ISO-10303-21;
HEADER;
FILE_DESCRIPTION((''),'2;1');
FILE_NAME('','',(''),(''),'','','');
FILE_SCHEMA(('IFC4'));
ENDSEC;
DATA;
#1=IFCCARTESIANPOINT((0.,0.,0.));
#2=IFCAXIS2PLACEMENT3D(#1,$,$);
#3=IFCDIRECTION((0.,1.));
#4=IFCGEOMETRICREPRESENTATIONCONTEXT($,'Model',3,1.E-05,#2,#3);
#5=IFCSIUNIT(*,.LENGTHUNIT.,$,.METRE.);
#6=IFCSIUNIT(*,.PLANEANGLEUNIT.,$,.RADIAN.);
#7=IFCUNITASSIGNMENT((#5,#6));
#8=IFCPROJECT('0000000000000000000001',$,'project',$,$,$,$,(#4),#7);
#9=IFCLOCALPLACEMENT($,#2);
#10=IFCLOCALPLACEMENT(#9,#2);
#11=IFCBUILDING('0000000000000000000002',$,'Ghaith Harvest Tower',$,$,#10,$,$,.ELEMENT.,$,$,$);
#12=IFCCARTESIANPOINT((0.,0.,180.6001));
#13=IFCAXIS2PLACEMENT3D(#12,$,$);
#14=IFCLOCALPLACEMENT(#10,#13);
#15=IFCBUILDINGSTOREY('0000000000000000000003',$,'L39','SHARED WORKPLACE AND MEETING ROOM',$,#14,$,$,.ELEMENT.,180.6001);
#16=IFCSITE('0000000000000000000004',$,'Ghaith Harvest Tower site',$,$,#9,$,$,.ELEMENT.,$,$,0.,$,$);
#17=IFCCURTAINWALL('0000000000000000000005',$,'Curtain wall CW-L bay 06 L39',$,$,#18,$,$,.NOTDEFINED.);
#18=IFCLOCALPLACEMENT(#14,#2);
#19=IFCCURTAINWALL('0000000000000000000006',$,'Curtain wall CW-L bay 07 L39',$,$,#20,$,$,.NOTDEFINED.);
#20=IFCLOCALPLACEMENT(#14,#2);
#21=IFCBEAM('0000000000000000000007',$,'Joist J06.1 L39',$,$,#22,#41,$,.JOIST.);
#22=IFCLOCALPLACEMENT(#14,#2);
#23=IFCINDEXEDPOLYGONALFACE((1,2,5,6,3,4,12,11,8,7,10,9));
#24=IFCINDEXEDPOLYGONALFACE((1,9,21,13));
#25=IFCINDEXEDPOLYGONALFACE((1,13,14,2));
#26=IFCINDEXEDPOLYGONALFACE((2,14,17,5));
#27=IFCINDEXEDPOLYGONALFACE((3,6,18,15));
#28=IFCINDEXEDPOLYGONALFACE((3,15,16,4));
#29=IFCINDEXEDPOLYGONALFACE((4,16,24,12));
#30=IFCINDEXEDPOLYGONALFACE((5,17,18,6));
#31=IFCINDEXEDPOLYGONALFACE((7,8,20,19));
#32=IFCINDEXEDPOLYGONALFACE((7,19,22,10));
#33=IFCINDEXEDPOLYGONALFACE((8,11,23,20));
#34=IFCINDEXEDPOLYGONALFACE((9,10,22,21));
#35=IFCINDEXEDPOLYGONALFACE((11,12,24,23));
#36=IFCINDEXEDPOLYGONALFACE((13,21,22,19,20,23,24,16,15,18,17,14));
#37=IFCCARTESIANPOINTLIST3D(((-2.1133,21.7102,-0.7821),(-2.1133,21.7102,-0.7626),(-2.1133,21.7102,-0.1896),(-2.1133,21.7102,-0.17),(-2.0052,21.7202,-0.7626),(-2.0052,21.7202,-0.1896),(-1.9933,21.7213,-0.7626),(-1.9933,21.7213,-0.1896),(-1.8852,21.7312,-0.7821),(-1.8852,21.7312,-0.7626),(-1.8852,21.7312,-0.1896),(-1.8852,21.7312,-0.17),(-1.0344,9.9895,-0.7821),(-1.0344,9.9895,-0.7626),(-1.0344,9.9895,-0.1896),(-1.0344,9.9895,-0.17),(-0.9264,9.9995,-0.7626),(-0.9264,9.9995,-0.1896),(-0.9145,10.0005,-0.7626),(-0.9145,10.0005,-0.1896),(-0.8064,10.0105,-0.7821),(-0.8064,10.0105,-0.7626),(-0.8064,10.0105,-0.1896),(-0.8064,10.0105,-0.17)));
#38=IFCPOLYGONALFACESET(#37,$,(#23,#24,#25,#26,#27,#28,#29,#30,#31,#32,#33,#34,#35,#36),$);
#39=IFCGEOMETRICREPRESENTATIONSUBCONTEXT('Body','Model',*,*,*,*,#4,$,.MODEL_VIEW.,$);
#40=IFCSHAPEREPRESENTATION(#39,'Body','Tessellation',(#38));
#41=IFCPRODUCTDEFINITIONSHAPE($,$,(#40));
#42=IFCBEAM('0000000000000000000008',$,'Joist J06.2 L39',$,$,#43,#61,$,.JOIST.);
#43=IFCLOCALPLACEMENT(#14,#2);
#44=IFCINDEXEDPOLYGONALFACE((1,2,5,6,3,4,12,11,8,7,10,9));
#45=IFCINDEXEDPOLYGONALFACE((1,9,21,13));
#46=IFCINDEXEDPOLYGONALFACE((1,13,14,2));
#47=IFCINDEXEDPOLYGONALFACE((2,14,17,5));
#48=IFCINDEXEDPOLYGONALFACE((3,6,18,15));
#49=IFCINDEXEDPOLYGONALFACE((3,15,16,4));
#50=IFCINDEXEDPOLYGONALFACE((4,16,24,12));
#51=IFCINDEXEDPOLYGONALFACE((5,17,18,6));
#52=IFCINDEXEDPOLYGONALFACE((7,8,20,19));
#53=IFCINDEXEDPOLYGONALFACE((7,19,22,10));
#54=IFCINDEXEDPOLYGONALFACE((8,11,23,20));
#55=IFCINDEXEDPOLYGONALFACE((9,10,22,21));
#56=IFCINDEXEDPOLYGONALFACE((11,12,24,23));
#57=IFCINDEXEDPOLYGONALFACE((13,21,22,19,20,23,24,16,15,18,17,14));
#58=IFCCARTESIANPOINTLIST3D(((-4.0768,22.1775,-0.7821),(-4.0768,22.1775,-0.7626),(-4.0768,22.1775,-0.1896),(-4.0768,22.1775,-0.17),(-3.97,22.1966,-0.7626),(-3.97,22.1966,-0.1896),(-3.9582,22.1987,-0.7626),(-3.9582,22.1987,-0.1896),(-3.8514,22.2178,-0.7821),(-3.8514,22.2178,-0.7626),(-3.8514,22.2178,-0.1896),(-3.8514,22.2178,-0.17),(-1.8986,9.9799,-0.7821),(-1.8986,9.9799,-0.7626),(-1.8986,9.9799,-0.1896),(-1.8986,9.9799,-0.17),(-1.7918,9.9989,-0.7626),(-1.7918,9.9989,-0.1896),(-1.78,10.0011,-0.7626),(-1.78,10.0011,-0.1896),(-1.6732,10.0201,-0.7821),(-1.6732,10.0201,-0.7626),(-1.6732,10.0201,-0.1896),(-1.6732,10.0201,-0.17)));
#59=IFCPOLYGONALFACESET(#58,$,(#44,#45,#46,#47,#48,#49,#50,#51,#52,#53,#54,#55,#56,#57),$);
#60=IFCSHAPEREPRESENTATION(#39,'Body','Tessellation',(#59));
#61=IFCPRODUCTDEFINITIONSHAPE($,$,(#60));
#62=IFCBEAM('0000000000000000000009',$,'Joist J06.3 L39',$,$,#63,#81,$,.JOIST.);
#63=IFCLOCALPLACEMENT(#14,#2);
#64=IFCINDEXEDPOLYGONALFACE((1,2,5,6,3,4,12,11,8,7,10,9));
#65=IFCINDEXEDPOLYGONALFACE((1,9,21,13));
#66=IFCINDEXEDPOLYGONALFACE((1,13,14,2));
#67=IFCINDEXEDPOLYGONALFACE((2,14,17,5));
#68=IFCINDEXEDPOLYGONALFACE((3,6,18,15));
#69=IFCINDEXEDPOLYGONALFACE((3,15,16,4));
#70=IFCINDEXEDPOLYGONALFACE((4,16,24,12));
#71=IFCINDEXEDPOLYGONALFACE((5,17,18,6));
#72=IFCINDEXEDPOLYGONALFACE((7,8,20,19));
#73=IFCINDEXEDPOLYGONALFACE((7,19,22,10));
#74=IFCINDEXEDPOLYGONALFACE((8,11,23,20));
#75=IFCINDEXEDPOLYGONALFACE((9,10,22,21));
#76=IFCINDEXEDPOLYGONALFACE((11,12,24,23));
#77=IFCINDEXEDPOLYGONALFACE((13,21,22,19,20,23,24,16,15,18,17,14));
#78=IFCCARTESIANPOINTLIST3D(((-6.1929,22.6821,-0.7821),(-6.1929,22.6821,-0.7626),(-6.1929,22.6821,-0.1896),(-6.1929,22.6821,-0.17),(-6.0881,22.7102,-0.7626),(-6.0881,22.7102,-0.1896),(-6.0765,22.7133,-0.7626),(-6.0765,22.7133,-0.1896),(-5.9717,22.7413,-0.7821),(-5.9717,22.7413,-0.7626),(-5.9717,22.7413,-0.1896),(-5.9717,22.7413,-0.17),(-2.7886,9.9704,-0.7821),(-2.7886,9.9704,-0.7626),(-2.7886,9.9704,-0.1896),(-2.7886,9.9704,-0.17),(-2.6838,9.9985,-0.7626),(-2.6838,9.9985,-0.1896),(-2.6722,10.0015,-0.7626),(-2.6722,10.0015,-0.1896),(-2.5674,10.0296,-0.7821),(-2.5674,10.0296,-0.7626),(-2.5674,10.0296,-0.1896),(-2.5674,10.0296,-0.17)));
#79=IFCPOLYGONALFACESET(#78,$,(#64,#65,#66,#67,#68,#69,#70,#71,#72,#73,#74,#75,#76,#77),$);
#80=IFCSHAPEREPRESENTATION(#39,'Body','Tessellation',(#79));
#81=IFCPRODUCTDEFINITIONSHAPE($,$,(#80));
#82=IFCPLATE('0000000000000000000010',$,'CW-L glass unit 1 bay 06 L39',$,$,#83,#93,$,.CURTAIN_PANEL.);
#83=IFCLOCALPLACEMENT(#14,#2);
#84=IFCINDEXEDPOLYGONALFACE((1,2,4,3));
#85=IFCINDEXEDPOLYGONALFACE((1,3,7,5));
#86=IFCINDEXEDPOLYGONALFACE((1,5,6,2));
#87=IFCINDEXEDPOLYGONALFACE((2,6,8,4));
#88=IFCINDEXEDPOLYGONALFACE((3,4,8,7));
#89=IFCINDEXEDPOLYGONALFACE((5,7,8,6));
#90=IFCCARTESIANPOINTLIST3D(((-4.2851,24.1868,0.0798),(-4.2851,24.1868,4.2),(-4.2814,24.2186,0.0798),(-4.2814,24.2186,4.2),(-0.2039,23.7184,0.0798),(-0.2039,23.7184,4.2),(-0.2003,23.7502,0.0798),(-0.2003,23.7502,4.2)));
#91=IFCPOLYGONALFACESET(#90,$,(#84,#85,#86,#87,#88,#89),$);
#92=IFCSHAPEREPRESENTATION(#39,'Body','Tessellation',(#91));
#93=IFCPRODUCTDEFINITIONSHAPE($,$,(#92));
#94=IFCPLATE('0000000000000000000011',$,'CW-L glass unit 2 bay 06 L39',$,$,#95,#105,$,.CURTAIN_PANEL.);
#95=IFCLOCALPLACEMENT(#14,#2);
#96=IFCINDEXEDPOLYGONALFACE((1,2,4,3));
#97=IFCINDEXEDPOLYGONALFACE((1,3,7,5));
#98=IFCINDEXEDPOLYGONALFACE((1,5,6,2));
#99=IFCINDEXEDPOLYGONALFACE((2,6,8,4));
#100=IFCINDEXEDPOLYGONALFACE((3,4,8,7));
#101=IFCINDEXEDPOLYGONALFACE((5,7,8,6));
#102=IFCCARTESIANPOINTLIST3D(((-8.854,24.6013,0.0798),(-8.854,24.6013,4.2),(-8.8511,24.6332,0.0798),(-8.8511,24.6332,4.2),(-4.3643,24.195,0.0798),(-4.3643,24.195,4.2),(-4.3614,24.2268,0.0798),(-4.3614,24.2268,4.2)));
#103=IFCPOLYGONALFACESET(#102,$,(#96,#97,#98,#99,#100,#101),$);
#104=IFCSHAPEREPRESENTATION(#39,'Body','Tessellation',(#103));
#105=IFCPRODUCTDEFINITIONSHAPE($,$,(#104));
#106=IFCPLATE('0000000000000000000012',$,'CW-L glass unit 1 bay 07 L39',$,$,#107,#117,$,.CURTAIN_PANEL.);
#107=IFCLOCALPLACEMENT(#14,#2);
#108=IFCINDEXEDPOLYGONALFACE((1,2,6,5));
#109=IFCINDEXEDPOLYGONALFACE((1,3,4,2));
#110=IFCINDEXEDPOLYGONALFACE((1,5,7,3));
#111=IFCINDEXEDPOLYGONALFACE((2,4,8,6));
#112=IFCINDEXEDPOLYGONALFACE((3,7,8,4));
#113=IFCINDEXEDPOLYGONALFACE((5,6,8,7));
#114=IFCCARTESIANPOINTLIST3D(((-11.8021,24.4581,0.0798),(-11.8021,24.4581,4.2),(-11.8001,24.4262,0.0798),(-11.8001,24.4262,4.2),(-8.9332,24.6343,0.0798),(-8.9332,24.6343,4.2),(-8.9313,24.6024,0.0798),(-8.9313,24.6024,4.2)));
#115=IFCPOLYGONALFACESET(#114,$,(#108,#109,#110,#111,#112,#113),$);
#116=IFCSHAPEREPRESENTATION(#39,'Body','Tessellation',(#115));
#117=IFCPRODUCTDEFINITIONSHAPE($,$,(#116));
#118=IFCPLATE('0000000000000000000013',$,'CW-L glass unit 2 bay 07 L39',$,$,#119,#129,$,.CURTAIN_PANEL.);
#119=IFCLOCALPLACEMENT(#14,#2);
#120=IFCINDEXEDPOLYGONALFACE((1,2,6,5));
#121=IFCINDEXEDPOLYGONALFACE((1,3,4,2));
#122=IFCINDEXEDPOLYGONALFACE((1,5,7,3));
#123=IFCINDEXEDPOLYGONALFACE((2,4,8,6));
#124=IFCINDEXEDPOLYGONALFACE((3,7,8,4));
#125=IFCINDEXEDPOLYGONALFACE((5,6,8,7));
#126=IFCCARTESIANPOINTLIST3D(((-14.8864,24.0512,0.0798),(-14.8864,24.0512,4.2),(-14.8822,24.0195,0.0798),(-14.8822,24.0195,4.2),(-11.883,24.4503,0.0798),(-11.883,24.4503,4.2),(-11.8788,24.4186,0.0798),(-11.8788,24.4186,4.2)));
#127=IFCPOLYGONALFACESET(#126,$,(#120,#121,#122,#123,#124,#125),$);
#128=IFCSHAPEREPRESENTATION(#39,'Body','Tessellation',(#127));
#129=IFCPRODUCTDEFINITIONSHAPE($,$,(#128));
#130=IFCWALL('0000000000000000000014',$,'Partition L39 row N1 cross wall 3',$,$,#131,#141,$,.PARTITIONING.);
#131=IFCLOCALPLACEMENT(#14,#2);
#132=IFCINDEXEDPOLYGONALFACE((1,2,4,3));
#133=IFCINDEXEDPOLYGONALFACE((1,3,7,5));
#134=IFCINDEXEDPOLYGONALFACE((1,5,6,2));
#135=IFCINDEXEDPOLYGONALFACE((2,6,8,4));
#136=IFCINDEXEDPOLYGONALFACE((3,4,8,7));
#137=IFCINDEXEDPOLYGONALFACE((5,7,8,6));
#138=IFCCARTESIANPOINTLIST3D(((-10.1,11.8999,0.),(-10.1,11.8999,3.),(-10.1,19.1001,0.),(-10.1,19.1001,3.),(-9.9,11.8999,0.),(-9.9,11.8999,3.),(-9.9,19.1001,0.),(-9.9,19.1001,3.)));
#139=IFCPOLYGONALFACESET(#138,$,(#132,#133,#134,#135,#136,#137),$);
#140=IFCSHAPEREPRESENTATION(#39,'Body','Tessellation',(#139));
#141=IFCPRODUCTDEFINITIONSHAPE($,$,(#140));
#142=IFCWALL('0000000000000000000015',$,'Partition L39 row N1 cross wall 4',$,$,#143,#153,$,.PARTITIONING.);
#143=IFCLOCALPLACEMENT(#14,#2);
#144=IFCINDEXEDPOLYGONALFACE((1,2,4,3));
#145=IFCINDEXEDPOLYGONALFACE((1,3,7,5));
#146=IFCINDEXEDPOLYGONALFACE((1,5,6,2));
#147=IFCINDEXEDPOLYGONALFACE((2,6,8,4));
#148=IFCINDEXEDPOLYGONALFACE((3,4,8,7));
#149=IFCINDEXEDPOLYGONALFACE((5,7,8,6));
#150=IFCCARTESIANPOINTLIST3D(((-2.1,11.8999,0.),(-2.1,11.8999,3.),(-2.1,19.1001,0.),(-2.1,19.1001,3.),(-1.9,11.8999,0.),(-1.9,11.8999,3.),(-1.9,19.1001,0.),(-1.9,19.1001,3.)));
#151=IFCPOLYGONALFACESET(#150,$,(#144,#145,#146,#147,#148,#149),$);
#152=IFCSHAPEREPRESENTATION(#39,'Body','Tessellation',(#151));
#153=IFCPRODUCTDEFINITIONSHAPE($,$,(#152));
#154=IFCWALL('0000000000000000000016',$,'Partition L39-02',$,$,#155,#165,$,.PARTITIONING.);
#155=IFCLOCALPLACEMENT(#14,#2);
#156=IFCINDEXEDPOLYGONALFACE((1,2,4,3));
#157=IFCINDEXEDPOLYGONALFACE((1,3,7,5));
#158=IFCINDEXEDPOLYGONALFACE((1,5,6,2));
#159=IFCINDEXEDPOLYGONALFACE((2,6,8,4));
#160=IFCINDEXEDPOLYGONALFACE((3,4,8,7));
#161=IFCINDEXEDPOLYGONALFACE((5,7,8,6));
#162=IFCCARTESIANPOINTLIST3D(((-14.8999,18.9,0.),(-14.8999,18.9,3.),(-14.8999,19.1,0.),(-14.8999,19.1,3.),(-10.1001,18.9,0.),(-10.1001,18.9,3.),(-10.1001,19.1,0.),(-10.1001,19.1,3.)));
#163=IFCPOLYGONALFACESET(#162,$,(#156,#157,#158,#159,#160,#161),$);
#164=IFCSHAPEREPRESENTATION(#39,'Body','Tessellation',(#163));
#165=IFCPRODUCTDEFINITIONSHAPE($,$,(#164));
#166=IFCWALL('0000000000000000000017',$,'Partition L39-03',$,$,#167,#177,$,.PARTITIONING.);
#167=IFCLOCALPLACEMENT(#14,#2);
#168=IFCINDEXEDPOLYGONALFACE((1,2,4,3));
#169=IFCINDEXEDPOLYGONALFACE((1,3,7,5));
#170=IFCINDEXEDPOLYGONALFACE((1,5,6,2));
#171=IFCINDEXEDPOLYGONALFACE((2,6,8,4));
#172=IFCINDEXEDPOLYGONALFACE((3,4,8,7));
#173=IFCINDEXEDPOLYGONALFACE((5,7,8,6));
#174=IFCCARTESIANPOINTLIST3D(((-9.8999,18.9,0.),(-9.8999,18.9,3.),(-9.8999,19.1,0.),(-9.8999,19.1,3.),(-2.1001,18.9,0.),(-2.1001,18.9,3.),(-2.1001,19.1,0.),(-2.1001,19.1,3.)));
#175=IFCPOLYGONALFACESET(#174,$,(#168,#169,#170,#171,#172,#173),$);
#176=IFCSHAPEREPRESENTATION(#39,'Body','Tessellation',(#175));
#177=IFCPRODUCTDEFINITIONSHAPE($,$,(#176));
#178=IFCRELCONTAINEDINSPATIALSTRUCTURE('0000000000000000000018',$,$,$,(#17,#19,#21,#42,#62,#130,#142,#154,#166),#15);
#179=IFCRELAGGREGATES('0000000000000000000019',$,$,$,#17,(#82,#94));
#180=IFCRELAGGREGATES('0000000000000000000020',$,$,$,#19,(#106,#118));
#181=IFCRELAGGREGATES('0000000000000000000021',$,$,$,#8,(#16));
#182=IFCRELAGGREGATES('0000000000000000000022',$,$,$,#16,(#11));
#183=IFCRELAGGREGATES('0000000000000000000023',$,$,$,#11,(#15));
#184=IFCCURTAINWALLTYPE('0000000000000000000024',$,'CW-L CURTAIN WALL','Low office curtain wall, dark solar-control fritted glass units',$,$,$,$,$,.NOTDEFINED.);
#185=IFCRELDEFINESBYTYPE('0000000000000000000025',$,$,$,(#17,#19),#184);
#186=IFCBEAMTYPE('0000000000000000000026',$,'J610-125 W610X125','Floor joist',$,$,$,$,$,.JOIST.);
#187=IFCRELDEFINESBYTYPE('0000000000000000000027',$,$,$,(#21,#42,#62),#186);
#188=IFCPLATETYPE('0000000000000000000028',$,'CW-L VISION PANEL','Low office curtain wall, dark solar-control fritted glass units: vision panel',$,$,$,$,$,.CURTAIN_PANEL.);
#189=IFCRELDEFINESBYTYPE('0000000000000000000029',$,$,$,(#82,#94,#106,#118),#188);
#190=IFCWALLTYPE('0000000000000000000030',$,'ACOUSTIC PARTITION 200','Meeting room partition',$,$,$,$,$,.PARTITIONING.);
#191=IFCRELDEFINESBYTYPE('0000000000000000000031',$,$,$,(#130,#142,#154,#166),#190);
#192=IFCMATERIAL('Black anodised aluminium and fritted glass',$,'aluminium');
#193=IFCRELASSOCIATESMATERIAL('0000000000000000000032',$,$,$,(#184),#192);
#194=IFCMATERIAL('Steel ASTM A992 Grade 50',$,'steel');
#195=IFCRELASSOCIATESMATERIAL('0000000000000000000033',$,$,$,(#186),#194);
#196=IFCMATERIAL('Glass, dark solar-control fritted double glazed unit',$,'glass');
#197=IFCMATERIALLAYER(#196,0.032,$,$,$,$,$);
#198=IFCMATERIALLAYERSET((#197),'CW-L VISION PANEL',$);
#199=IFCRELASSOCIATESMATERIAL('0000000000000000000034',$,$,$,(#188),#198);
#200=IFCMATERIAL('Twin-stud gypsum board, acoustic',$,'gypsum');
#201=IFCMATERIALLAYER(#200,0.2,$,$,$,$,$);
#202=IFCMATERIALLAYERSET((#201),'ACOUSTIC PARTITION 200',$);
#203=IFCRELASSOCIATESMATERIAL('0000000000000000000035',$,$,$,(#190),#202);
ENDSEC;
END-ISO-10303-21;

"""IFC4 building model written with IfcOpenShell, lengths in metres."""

from ifc_helpers import new_model, si_unit, direction, frame, frame_2d, origin, origin_2d, place, context, subcontext, project, spatial, rectangle, i_section, extrude, material, layer, layer_set, material_profile, profile_set, type_object, element, aggregate, save


model = new_model("IFC4")

# Units and contexts
model_context = context("Model", 3, precision=1e-05, world=origin(), true_north=direction((0.0, 1.0)))
body_context = subcontext(model_context, "Body", "Model", "MODEL_VIEW")
ifc_project = project(units=[si_unit("LENGTHUNIT", "METRE"), si_unit("PLANEANGLEUNIT", "RADIAN")], contexts=[model_context])

# Site, building, storey
site_placement = place(None, origin())
site = spatial("IfcSite", under=ifc_project, at=site_placement, Name="Ghaith Harvest Tower site", CompositionType="ELEMENT", RefElevation=0.0)
building_placement = place(site_placement, origin())
building = spatial("IfcBuilding", under=site, at=building_placement, Name="Ghaith Harvest Tower", CompositionType="ELEMENT")
storey_placement = place(building_placement, frame((0.0, 0.0, 180.6001)))
storey = spatial("IfcBuildingStorey", under=building, at=storey_placement, Name="L39", Description="SHARED WORKPLACE AND MEETING ROOM", CompositionType="ELEMENT", Elevation=180.6001)

# Curtain walls
ifc_material_1 = material(Name="Black anodised aluminium and fritted glass", Category="aluminium")
curtain_wall_type = type_object("IfcCurtainWallType", Name="CW-L CURTAIN WALL", Description="Low office curtain wall, dark solar-control fritted glass units", PredefinedType="NOTDEFINED", material=ifc_material_1)
curtain_wall_1_placement = place(storey_placement, origin())
curtain_wall_1 = element("IfcCurtainWall", 1, at=curtain_wall_1_placement, inside=storey, type_object=curtain_wall_type, Name="Curtain wall CW-L bay 06 L39", PredefinedType="NOTDEFINED")
curtain_wall_2_placement = place(storey_placement, origin())
curtain_wall_2 = element("IfcCurtainWall", 2, at=curtain_wall_2_placement, inside=storey, type_object=curtain_wall_type, Name="Curtain wall CW-L bay 07 L39", PredefinedType="NOTDEFINED")

# Beams
ifc_material_2 = material(Name="Steel ASTM A992 Grade 50", Category="steel")
ifc_material_profile_1 = material_profile(ifc_material_2, i_section(OverallWidth=0.229, OverallDepth=0.6121, WebThickness=0.012, FlangeThickness=0.0195, at=origin_2d()), Name="W610X125")
ifc_profile_set_1 = profile_set([ifc_material_profile_1], Name="Steel ASTM A992 Grade 50")
beam_type_1 = type_object("IfcBeamType", Name="J610-125 W610X125", Description="Floor joist", PredefinedType="JOIST", material=ifc_profile_set_1)
beam_1_placement = place(storey_placement, frame((-0.9204, 10.0, -0.4761), z_axis=(-0.09166, 0.99579, 0.0), x_axis=(-0.99579, -0.09166, 0.0)))
element("IfcBeam", 3, at=beam_1_placement, inside=storey, type_object=beam_type_1, Name="Joist J06.1 L39", PredefinedType="JOIST", context=body_context, shape_type="SweptSolid", body=[
    extrude(i_section(OverallWidth=0.229, OverallDepth=0.6121, WebThickness=0.012, FlangeThickness=0.0195, at=origin_2d()), origin(), (0.0, 0.0, 1.0), 11.7703),
])
beam_2_placement = place(storey_placement, frame((-1.7859, 10.0, -0.4761), z_axis=(-0.175795, 0.984427, 0.0), x_axis=(-0.984427, -0.175795, 0.0)))
element("IfcBeam", 4, at=beam_2_placement, inside=storey, type_object=beam_type_1, Name="Joist J06.2 L39", PredefinedType="JOIST", context=body_context, shape_type="SweptSolid", body=[
    extrude(i_section(OverallWidth=0.229, OverallDepth=0.6121, WebThickness=0.012, FlangeThickness=0.0195, at=origin_2d()), origin(), (0.0, 0.0, 1.0), 12.3906),
])
beam_3_placement = place(storey_placement, frame((-2.678, 10.0, -0.4761), z_axis=(-0.258693, 0.96596, 0.0), x_axis=(-0.96596, -0.258693, 0.0)))
element("IfcBeam", 5, at=beam_3_placement, inside=storey, type_object=beam_type_1, Name="Joist J06.3 L39", PredefinedType="JOIST", context=body_context, shape_type="SweptSolid", body=[
    extrude(i_section(OverallWidth=0.229, OverallDepth=0.6121, WebThickness=0.012, FlangeThickness=0.0195, at=origin_2d()), origin(), (0.0, 0.0, 1.0), 13.1597),
])

# Plates
ifc_material_3 = material(Name="Glass, dark solar-control fritted double glazed unit", Category="glass")
ifc_layer_1 = layer(ifc_material_3, 0.032)
ifc_layer_set_1 = layer_set([ifc_layer_1], Name="CW-L VISION PANEL")
plate_type = type_object("IfcPlateType", Name="CW-L VISION PANEL", Description="Low office curtain wall, dark solar-control fritted glass units: vision panel", PredefinedType="CURTAIN_PANEL", material=ifc_layer_set_1)
plate_1_placement = place(storey_placement, frame((-2.2427, 23.9685, 0.0798), z_axis=(0.0, 0.0, 1.0), x_axis=(-0.993477, 0.114032, 0.0)))
plate_1 = element("IfcPlate", 6, at=plate_1_placement, type_object=plate_type, Name="CW-L glass unit 1 bay 06 L39", PredefinedType="CURTAIN_PANEL", context=body_context, shape_type="SweptSolid", body=[
    extrude(rectangle(XDim=4.1079, YDim=0.032, at=origin_2d()), origin(), (0.0, 0.0, 1.0), 4.1201),
])
plate_2_placement = place(storey_placement, frame((-6.6077, 24.4141, 0.0798), z_axis=(0.0, 0.0, 1.0), x_axis=(-0.995929, 0.090144, 0.0)))
plate_2 = element("IfcPlate", 7, at=plate_2_placement, type_object=plate_type, Name="CW-L glass unit 2 bay 06 L39", PredefinedType="CURTAIN_PANEL", context=body_context, shape_type="SweptSolid", body=[
    extrude(rectangle(XDim=4.5081, YDim=0.032, at=origin_2d()), origin(), (0.0, 0.0, 1.0), 4.1201),
])
aggregate(curtain_wall_1, [plate_1, plate_2])
plate_3_placement = place(storey_placement, frame((-10.3667, 24.5303, 0.0798), z_axis=(0.0, 0.0, 1.0), x_axis=(-0.998119, -0.061303, 0.0)))
plate_3 = element("IfcPlate", 8, at=plate_3_placement, type_object=plate_type, Name="CW-L glass unit 1 bay 07 L39", PredefinedType="CURTAIN_PANEL", context=body_context, shape_type="SweptSolid", body=[
    extrude(rectangle(XDim=2.8743, YDim=0.032, at=origin_2d()), origin(), (0.0, 0.0, 1.0), 4.1201),
])
plate_4_placement = place(storey_placement, frame((-13.3826, 24.2349, 0.0798), z_axis=(0.0, 0.0, 1.0), x_axis=(-0.991286, -0.131728, 0.0)))
plate_4 = element("IfcPlate", 9, at=plate_4_placement, type_object=plate_type, Name="CW-L glass unit 2 bay 07 L39", PredefinedType="CURTAIN_PANEL", context=body_context, shape_type="SweptSolid", body=[
    extrude(rectangle(XDim=3.0298, YDim=0.032, at=origin_2d()), origin(), (0.0, 0.0, 1.0), 4.1201),
])
aggregate(curtain_wall_2, [plate_3, plate_4])

# Walls
ifc_material_4 = material(Name="Twin-stud gypsum board, acoustic", Category="gypsum")
ifc_layer_2 = layer(ifc_material_4, 0.2)
ifc_layer_set_2 = layer_set([ifc_layer_2], Name="ACOUSTIC PARTITION 200")
wall_type = type_object("IfcWallType", Name="ACOUSTIC PARTITION 200", Description="Meeting room partition", PredefinedType="PARTITIONING", material=ifc_layer_set_2)
for number, where, z_axis, x_axis, name in (
    (10, (-10.0, 11.8999, 0.0), (0.0, 0.0, 1.0), (0.0, 1.0, 0.0), "Partition L39 row N1 cross wall 3"),
    (11, (-2.0, 11.8999, 0.0), (0.0, 0.0, 1.0), (0.0, 1.0, 0.0), "Partition L39 row N1 cross wall 4"),
):
    element("IfcWall", number, at=place(storey_placement, frame(where, z_axis=z_axis, x_axis=x_axis)), inside=storey, type_object=wall_type, Name=name, PredefinedType="PARTITIONING", context=body_context, shape_type="SweptSolid", body=[
        extrude(rectangle(XDim=7.2002, YDim=0.2, at=frame_2d((3.6001, 0.0))), origin(), (0.0, 0.0, 1.0), 3.0),
    ])

# Wall
wall_1_placement = place(storey_placement, frame((-14.8999, 19.0, 0.0), z_axis=(0.0, 0.0, 1.0), x_axis=(1.0, 0.0, 0.0)))
element("IfcWall", 12, at=wall_1_placement, inside=storey, type_object=wall_type, Name="Partition L39-02", PredefinedType="PARTITIONING", context=body_context, shape_type="SweptSolid", body=[
    extrude(rectangle(XDim=4.7998, YDim=0.2, at=frame_2d((2.3999, 0.0))), origin(), (0.0, 0.0, 1.0), 3.0),
])

# Wall
wall_2_placement = place(storey_placement, frame((-9.8999, 19.0, 0.0), z_axis=(0.0, 0.0, 1.0), x_axis=(1.0, 0.0, 0.0)))
element("IfcWall", 13, at=wall_2_placement, inside=storey, type_object=wall_type, Name="Partition L39-03", PredefinedType="PARTITIONING", context=body_context, shape_type="SweptSolid", body=[
    extrude(rectangle(XDim=7.7998, YDim=0.2, at=frame_2d((3.8999, 0.0))), origin(), (0.0, 0.0, 1.0), 3.0),
])

save(model, "model.ifc")
